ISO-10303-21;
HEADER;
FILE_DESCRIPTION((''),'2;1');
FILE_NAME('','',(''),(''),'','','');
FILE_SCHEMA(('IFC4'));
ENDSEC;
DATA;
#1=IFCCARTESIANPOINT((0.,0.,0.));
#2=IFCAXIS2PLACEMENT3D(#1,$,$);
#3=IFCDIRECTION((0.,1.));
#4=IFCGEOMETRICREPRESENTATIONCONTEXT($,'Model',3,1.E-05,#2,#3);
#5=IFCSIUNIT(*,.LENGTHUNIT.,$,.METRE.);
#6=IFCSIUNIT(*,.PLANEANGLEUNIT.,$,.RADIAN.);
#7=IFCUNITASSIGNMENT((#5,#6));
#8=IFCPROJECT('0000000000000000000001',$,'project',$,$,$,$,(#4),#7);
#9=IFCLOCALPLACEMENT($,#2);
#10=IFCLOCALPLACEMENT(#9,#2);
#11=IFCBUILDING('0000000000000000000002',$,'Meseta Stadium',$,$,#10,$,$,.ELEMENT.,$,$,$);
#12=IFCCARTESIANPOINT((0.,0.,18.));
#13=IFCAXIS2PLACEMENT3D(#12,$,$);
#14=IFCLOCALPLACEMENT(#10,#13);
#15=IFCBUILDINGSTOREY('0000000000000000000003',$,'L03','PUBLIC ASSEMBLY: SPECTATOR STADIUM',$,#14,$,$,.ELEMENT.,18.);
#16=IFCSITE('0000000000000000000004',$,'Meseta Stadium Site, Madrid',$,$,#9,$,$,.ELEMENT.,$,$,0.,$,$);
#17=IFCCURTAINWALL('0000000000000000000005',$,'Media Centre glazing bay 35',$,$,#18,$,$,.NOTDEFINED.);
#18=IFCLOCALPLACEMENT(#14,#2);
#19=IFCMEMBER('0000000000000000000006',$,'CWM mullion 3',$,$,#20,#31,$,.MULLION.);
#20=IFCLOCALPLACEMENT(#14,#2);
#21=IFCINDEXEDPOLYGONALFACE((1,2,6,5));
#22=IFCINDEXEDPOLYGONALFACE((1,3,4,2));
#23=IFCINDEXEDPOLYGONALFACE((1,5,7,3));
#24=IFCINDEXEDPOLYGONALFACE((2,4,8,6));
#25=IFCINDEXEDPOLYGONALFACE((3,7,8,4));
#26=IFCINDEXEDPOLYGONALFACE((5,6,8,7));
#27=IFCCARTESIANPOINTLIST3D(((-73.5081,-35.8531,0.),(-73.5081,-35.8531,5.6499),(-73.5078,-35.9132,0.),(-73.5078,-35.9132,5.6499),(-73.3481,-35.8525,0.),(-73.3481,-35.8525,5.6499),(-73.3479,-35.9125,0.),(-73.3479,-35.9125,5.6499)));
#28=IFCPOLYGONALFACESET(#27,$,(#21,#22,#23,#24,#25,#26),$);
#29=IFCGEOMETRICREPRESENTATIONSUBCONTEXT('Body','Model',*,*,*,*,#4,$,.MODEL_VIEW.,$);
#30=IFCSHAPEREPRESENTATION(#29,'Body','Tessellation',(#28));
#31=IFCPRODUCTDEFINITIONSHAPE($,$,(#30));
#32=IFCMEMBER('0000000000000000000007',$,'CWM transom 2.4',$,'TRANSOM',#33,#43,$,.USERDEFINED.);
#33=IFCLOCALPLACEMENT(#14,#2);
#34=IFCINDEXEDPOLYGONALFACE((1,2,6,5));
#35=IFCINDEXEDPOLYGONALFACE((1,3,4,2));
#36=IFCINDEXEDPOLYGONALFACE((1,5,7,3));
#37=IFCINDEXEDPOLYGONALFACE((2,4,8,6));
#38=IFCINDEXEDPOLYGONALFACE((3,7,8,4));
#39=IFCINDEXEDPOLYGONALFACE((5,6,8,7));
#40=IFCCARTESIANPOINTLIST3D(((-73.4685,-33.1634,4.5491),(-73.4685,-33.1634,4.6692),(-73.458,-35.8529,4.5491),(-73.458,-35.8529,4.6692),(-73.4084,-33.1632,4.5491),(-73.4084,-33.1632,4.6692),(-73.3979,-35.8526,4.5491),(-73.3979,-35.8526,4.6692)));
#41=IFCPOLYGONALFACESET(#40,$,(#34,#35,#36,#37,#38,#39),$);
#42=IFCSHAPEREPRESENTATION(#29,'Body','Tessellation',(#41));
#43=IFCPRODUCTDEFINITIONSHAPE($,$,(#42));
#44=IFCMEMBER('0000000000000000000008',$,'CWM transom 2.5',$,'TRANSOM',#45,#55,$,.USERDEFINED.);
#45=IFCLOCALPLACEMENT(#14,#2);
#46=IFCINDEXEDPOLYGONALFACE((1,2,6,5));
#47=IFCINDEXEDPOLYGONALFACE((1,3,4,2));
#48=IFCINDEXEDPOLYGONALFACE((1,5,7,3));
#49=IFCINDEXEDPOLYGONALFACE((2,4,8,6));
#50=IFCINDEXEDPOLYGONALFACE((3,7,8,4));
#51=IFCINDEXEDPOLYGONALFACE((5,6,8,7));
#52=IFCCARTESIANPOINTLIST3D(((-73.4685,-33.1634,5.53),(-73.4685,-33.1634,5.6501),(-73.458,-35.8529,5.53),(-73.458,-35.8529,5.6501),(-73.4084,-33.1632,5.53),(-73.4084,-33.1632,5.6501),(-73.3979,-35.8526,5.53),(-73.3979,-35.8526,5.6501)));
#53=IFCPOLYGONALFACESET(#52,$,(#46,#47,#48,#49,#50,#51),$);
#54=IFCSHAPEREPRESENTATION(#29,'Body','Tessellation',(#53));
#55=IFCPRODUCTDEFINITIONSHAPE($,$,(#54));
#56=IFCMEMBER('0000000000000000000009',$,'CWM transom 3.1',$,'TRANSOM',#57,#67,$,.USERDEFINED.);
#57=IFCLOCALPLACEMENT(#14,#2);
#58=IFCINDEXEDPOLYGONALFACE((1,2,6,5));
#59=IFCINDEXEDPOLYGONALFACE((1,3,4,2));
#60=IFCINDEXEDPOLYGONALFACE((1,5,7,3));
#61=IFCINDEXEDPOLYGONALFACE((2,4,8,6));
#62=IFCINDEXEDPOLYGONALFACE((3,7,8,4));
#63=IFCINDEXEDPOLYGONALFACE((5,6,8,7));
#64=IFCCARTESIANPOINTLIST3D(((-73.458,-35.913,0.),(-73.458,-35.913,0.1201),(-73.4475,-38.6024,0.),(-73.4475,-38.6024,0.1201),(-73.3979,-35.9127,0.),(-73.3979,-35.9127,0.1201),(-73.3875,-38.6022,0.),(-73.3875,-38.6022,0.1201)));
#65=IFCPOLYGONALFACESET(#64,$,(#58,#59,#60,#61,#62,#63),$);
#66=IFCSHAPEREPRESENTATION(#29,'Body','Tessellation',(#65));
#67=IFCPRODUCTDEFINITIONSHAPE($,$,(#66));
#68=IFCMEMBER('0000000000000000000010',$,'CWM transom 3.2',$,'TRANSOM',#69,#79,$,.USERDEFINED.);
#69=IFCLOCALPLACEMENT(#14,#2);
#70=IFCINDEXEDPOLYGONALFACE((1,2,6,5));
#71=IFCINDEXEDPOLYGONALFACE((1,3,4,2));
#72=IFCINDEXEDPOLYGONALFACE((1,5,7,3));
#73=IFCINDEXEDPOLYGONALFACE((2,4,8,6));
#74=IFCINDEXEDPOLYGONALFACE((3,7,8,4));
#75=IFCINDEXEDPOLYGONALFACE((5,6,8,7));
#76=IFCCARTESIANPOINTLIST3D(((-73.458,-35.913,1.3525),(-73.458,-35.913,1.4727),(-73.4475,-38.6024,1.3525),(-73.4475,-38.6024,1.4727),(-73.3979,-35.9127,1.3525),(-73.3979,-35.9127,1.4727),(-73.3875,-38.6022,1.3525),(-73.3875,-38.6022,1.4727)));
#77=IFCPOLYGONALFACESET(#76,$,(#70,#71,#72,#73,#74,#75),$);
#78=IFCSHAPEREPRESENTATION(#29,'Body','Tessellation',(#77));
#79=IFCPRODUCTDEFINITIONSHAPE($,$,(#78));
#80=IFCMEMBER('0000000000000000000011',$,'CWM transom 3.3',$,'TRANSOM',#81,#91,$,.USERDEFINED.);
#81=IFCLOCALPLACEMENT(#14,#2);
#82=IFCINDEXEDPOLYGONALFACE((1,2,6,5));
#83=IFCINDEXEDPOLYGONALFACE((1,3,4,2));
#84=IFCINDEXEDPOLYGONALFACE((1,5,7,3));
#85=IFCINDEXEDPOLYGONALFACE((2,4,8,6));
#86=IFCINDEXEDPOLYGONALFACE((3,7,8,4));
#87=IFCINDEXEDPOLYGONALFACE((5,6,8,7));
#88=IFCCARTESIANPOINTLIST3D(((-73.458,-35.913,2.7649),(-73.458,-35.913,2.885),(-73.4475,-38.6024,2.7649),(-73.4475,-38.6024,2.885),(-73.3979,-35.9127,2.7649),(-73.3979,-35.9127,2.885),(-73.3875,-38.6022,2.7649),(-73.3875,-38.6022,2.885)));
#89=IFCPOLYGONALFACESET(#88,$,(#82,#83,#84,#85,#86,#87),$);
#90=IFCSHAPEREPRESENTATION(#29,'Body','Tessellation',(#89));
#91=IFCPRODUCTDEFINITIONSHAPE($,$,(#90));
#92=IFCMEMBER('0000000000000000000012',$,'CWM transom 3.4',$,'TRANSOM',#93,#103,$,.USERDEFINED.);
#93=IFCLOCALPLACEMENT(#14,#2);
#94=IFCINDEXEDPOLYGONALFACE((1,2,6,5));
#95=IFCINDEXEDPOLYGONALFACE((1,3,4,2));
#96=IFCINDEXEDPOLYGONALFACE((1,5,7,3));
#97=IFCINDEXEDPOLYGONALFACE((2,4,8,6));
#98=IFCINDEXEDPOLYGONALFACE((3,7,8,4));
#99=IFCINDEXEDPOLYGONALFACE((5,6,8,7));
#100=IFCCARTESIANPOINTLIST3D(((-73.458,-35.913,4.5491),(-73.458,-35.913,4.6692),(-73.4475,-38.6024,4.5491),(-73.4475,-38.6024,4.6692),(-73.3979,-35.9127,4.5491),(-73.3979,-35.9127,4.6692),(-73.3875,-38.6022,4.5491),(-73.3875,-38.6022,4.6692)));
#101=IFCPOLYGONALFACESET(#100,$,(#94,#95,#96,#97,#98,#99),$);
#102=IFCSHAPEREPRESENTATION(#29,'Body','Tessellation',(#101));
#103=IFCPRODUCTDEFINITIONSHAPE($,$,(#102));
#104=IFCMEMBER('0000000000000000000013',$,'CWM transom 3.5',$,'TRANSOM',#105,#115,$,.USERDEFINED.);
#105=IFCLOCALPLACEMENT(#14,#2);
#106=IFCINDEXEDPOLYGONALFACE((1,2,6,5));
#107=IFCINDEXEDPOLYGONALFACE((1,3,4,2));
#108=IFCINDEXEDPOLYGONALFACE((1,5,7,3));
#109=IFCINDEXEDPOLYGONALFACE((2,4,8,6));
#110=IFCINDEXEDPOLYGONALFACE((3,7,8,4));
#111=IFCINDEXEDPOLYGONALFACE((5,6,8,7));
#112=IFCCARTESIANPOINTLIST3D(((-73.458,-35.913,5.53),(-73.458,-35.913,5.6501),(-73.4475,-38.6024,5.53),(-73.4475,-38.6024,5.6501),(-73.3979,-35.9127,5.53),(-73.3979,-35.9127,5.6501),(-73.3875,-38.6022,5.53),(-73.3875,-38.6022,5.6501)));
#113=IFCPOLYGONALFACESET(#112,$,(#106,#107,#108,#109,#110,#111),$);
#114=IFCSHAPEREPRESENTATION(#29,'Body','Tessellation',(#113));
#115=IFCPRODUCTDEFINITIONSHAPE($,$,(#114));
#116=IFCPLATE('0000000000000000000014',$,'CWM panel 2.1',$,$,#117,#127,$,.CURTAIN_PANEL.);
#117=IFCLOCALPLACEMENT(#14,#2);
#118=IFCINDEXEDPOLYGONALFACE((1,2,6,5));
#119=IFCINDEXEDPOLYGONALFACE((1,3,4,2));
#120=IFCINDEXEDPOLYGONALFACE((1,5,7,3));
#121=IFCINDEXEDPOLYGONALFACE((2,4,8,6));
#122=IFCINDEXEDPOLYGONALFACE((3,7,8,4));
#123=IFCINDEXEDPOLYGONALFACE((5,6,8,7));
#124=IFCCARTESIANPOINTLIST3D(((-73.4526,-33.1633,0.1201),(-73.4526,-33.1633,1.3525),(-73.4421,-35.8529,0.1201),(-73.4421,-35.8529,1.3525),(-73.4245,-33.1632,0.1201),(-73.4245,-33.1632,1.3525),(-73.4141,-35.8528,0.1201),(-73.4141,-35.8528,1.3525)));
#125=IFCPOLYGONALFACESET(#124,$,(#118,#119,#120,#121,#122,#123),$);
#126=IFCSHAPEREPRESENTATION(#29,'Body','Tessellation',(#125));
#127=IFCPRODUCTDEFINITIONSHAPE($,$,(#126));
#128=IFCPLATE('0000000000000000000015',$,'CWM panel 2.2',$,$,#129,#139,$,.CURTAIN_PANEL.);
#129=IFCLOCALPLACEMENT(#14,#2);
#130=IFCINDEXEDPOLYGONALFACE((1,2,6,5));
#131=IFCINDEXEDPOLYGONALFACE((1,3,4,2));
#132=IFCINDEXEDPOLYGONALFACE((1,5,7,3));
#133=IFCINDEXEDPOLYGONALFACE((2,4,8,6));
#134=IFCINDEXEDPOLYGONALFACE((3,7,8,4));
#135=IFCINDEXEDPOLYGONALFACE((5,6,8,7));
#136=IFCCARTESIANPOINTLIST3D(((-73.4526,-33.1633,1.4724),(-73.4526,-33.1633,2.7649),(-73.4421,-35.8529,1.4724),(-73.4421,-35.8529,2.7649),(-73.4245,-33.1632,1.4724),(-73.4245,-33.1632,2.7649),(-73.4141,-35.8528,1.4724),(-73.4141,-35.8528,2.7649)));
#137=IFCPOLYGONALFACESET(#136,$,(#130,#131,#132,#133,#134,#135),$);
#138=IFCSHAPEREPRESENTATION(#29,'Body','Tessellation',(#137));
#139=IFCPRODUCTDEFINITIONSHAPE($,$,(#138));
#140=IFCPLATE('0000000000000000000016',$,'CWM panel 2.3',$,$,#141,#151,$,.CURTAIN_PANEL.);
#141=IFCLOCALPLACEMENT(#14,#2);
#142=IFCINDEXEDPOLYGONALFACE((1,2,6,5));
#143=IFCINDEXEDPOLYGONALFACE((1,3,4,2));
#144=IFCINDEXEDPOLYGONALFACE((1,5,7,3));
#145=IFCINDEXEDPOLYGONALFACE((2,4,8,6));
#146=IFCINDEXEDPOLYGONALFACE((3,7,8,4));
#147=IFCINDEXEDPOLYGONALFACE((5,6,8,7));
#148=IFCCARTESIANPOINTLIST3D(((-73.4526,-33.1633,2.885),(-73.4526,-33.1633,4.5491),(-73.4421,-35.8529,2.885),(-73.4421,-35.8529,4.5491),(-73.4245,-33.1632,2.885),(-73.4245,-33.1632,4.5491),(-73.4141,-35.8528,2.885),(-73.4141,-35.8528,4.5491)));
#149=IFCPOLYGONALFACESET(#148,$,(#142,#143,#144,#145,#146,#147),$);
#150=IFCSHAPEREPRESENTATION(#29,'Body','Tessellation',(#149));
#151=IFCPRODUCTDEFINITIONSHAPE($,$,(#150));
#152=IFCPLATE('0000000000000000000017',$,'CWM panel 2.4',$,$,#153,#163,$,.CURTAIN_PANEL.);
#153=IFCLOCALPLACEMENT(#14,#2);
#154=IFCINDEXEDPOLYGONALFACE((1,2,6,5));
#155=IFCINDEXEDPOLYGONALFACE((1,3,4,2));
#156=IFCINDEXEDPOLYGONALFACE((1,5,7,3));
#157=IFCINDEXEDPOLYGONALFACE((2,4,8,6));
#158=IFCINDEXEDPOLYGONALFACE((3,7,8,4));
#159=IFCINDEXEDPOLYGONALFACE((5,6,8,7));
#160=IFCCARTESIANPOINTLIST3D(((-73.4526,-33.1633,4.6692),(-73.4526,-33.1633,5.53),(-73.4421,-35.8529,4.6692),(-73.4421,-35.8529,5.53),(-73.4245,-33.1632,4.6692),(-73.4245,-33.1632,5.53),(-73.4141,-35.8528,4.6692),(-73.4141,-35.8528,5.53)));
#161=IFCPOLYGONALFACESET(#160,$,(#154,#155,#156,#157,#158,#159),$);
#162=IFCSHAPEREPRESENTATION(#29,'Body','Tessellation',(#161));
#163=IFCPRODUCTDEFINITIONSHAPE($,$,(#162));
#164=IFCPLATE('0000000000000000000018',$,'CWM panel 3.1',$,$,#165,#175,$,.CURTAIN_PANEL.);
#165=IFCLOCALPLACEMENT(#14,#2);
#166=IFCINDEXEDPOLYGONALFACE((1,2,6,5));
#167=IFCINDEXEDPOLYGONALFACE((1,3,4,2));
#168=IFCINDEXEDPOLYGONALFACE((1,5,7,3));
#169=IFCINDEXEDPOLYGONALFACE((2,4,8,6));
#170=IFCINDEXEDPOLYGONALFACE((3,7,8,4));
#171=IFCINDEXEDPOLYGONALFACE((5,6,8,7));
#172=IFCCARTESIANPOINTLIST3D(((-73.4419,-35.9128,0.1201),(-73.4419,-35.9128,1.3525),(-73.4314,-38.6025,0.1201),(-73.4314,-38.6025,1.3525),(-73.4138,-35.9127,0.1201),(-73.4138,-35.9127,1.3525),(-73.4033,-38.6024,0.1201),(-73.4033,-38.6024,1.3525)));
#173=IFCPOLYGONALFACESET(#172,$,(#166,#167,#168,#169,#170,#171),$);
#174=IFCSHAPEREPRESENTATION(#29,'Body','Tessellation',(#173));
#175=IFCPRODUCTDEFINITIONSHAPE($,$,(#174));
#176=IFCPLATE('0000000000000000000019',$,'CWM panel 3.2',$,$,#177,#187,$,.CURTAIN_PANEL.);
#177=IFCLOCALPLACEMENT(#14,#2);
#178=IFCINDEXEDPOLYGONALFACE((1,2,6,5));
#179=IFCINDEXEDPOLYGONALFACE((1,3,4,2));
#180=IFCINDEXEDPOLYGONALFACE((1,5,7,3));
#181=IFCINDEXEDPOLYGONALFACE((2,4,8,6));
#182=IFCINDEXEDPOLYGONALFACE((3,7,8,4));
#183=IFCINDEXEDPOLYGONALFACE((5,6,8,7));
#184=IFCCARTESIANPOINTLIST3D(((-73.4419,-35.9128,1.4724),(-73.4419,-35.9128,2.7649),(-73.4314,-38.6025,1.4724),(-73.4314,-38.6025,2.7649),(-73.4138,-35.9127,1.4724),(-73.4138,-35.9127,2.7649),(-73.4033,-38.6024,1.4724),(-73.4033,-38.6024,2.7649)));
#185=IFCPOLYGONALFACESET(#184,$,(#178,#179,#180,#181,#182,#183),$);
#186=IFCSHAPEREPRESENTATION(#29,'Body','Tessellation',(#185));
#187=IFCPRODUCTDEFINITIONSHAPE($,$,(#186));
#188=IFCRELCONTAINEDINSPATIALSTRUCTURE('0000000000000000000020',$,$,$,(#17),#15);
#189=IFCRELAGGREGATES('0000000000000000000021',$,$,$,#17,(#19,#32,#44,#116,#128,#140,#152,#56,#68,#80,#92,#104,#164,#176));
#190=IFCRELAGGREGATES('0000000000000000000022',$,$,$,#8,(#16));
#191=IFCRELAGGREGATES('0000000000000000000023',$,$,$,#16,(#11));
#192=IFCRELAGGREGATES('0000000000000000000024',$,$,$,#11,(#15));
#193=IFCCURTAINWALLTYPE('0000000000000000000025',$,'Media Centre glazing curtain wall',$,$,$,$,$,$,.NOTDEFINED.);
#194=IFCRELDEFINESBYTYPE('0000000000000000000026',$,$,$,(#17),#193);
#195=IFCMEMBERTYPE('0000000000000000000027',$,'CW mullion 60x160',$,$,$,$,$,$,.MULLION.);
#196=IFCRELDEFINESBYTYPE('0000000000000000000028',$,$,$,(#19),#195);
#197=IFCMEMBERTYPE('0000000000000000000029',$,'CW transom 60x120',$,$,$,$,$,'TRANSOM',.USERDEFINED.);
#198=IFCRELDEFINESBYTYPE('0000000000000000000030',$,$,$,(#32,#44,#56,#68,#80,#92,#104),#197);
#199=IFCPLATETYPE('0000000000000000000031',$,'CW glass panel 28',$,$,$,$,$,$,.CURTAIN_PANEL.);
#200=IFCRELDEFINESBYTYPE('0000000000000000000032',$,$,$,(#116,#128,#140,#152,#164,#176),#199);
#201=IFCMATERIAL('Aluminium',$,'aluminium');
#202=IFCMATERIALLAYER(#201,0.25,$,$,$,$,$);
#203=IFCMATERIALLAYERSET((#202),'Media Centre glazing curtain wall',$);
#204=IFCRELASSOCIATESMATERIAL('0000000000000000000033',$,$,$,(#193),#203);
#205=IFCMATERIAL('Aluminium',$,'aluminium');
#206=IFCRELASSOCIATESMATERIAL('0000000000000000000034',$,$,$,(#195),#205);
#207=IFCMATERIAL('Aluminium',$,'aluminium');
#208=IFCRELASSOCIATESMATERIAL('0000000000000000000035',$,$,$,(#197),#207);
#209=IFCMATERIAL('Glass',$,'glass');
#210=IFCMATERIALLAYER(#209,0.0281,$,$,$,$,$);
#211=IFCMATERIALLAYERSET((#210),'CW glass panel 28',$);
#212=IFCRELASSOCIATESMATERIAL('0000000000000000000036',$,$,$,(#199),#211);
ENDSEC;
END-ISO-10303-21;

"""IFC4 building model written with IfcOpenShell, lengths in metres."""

from ifc_helpers import new_model, si_unit, direction, frame, origin, origin_2d, place, context, subcontext, project, spatial, rectangle, extrude, material, layer, layer_set, material_profile, profile_set, type_object, element, aggregate, save


model = new_model("IFC4")

# Units and contexts
model_context = context("Model", 3, precision=1e-05, world=origin(), true_north=direction((0.0, 1.0)))
body_context = subcontext(model_context, "Body", "Model", "MODEL_VIEW")
ifc_project = project(units=[si_unit("LENGTHUNIT", "METRE"), si_unit("PLANEANGLEUNIT", "RADIAN")], contexts=[model_context])

# Site, building, storey
site_placement = place(None, origin())
site = spatial("IfcSite", under=ifc_project, at=site_placement, Name="Meseta Stadium Site, Madrid", CompositionType="ELEMENT", RefElevation=0.0)
building_placement = place(site_placement, origin())
building = spatial("IfcBuilding", under=site, at=building_placement, Name="Meseta Stadium", CompositionType="ELEMENT")
storey_placement = place(building_placement, frame((0.0, 0.0, 18.0)))
storey = spatial("IfcBuildingStorey", under=building, at=storey_placement, Name="L03", Description="PUBLIC ASSEMBLY: SPECTATOR STADIUM", CompositionType="ELEMENT", Elevation=18.0)

# Curtain wall, members, plates
ifc_material_1 = material(Name="Aluminium", Category="aluminium")
ifc_layer_1 = layer(ifc_material_1, 0.25)
ifc_layer_set_1 = layer_set([ifc_layer_1], Name="Media Centre glazing curtain wall")
curtain_wall_type = type_object("IfcCurtainWallType", Name="Media Centre glazing curtain wall", PredefinedType="NOTDEFINED", material=ifc_layer_set_1)
curtain_wall_placement = place(storey_placement, origin())
curtain_wall = element("IfcCurtainWall", 1, at=curtain_wall_placement, inside=storey, type_object=curtain_wall_type, Name="Media Centre glazing bay 35", PredefinedType="NOTDEFINED")
ifc_material_2 = material(Name="Aluminium", Category="aluminium")
ifc_material_profile_1 = material_profile(ifc_material_2, rectangle(XDim=0.1599, YDim=0.0601, at=origin_2d()), Name="CW 160x60")
ifc_profile_set_1 = profile_set([ifc_material_profile_1], Name="Aluminium")
member_type_1 = type_object("IfcMemberType", Name="CW mullion 60x160", PredefinedType="MULLION", material=ifc_profile_set_1)
member_1_placement = place(storey_placement, frame((-73.428, -35.8828, 0.0), z_axis=(0.0, 0.0, 1.0), x_axis=(0.999992, 0.003895, 0.0)))
member_1 = element("IfcMember", 2, at=member_1_placement, type_object=member_type_1, Name="CWM mullion 3", PredefinedType="MULLION", context=body_context, shape_type="SweptSolid", body=[
    extrude(rectangle(XDim=0.1599, YDim=0.0601, at=origin_2d()), origin(), (0.0, 0.0, 1.0), 5.6499),
])
ifc_material_3 = material(Name="Aluminium", Category="aluminium")
ifc_material_profile_2 = material_profile(ifc_material_3, rectangle(XDim=0.0601, YDim=0.1201, at=origin_2d()), Name="CW 60x120")
ifc_profile_set_2 = profile_set([ifc_material_profile_2], Name="Aluminium")
member_type_2 = type_object("IfcMemberType", Name="CW transom 60x120", ElementType="TRANSOM", PredefinedType="USERDEFINED", material=ifc_profile_set_2)
member_2_placement = place(storey_placement, frame((-73.4385, -33.1633, 4.6091), z_axis=(0.003903, -0.999992, 0.0), x_axis=(0.999992, 0.003903, 0.0)))
member_2 = element("IfcMember", 3, at=member_2_placement, type_object=member_type_2, Name="CWM transom 2.4", ObjectType="TRANSOM", PredefinedType="USERDEFINED", context=body_context, shape_type="SweptSolid", body=[
    extrude(rectangle(XDim=0.0601, YDim=0.1201, at=origin_2d()), origin(), (0.0, 0.0, 1.0), 2.6895),
])
member_3_placement = place(storey_placement, frame((-73.4385, -33.1633, 5.5901), z_axis=(0.003903, -0.999992, 0.0), x_axis=(0.999992, 0.003903, 0.0)))
member_3 = element("IfcMember", 4, at=member_3_placement, type_object=member_type_2, Name="CWM transom 2.5", ObjectType="TRANSOM", PredefinedType="USERDEFINED", context=body_context, shape_type="SweptSolid", body=[
    extrude(rectangle(XDim=0.0601, YDim=0.1201, at=origin_2d()), origin(), (0.0, 0.0, 1.0), 2.6895),
])
member_4_placement = place(storey_placement, frame((-73.428, -35.9128, 0.0601), z_axis=(0.003903, -0.999992, 0.0), x_axis=(0.999992, 0.003903, 0.0)))
member_4 = element("IfcMember", 5, at=member_4_placement, type_object=member_type_2, Name="CWM transom 3.1", ObjectType="TRANSOM", PredefinedType="USERDEFINED", context=body_context, shape_type="SweptSolid", body=[
    extrude(rectangle(XDim=0.0601, YDim=0.1201, at=origin_2d()), origin(), (0.0, 0.0, 1.0), 2.6895),
])
member_5_placement = place(storey_placement, frame((-73.428, -35.9128, 1.4126), z_axis=(0.003903, -0.999992, 0.0), x_axis=(0.999992, 0.003903, 0.0)))
member_5 = element("IfcMember", 6, at=member_5_placement, type_object=member_type_2, Name="CWM transom 3.2", ObjectType="TRANSOM", PredefinedType="USERDEFINED", context=body_context, shape_type="SweptSolid", body=[
    extrude(rectangle(XDim=0.0601, YDim=0.1201, at=origin_2d()), origin(), (0.0, 0.0, 1.0), 2.6895),
])
member_6_placement = place(storey_placement, frame((-73.428, -35.9128, 2.825), z_axis=(0.003903, -0.999992, 0.0), x_axis=(0.999992, 0.003903, 0.0)))
member_6 = element("IfcMember", 7, at=member_6_placement, type_object=member_type_2, Name="CWM transom 3.3", ObjectType="TRANSOM", PredefinedType="USERDEFINED", context=body_context, shape_type="SweptSolid", body=[
    extrude(rectangle(XDim=0.0601, YDim=0.1201, at=origin_2d()), origin(), (0.0, 0.0, 1.0), 2.6895),
])
member_7_placement = place(storey_placement, frame((-73.428, -35.9128, 4.6091), z_axis=(0.003903, -0.999992, 0.0), x_axis=(0.999992, 0.003903, 0.0)))
member_7 = element("IfcMember", 8, at=member_7_placement, type_object=member_type_2, Name="CWM transom 3.4", ObjectType="TRANSOM", PredefinedType="USERDEFINED", context=body_context, shape_type="SweptSolid", body=[
    extrude(rectangle(XDim=0.0601, YDim=0.1201, at=origin_2d()), origin(), (0.0, 0.0, 1.0), 2.6895),
])
member_8_placement = place(storey_placement, frame((-73.428, -35.9128, 5.5901), z_axis=(0.003903, -0.999992, 0.0), x_axis=(0.999992, 0.003903, 0.0)))
member_8 = element("IfcMember", 9, at=member_8_placement, type_object=member_type_2, Name="CWM transom 3.5", ObjectType="TRANSOM", PredefinedType="USERDEFINED", context=body_context, shape_type="SweptSolid", body=[
    extrude(rectangle(XDim=0.0601, YDim=0.1201, at=origin_2d()), origin(), (0.0, 0.0, 1.0), 2.6895),
])
ifc_material_4 = material(Name="Glass", Category="glass")
ifc_layer_2 = layer(ifc_material_4, 0.0281)
ifc_layer_set_2 = layer_set([ifc_layer_2], Name="CW glass panel 28")
plate_type = type_object("IfcPlateType", Name="CW glass panel 28", PredefinedType="CURTAIN_PANEL", material=ifc_layer_set_2)
plate_1_placement = place(storey_placement, frame((-73.4333, -34.5081, 0.1201), z_axis=(0.0, 0.0, 1.0), x_axis=(0.003895, -0.999992, 0.0)))
plate_1 = element("IfcPlate", 10, at=plate_1_placement, type_object=plate_type, Name="CWM panel 2.1", PredefinedType="CURTAIN_PANEL", context=body_context, shape_type="SweptSolid", body=[
    extrude(rectangle(XDim=2.6897, YDim=0.0281, at=origin_2d()), origin(), (0.0, 0.0, 1.0), 1.2324),
])
plate_2_placement = place(storey_placement, frame((-73.4333, -34.5081, 1.4724), z_axis=(0.0, 0.0, 1.0), x_axis=(0.003895, -0.999992, 0.0)))
plate_2 = element("IfcPlate", 11, at=plate_2_placement, type_object=plate_type, Name="CWM panel 2.2", PredefinedType="CURTAIN_PANEL", context=body_context, shape_type="SweptSolid", body=[
    extrude(rectangle(XDim=2.6897, YDim=0.0281, at=origin_2d()), origin(), (0.0, 0.0, 1.0), 1.2925),
])
plate_3_placement = place(storey_placement, frame((-73.4333, -34.5081, 2.885), z_axis=(0.0, 0.0, 1.0), x_axis=(0.003895, -0.999992, 0.0)))
plate_3 = element("IfcPlate", 12, at=plate_3_placement, type_object=plate_type, Name="CWM panel 2.3", PredefinedType="CURTAIN_PANEL", context=body_context, shape_type="SweptSolid", body=[
    extrude(rectangle(XDim=2.6897, YDim=0.0281, at=origin_2d()), origin(), (0.0, 0.0, 1.0), 1.6641),
])
plate_4_placement = place(storey_placement, frame((-73.4333, -34.5081, 4.6692), z_axis=(0.0, 0.0, 1.0), x_axis=(0.003895, -0.999992, 0.0)))
plate_4 = element("IfcPlate", 13, at=plate_4_placement, type_object=plate_type, Name="CWM panel 2.4", PredefinedType="CURTAIN_PANEL", context=body_context, shape_type="SweptSolid", body=[
    extrude(rectangle(XDim=2.6897, YDim=0.0281, at=origin_2d()), origin(), (0.0, 0.0, 1.0), 0.8608),
])
plate_5_placement = place(storey_placement, frame((-73.4226, -37.2576, 0.1201), z_axis=(0.0, 0.0, 1.0), x_axis=(0.003895, -0.999992, 0.0)))
plate_5 = element("IfcPlate", 14, at=plate_5_placement, type_object=plate_type, Name="CWM panel 3.1", PredefinedType="CURTAIN_PANEL", context=body_context, shape_type="SweptSolid", body=[
    extrude(rectangle(XDim=2.6897, YDim=0.0281, at=origin_2d()), origin(), (0.0, 0.0, 1.0), 1.2324),
])
plate_6_placement = place(storey_placement, frame((-73.4226, -37.2576, 1.4724), z_axis=(0.0, 0.0, 1.0), x_axis=(0.003895, -0.999992, 0.0)))
plate_6 = element("IfcPlate", 15, at=plate_6_placement, type_object=plate_type, Name="CWM panel 3.2", PredefinedType="CURTAIN_PANEL", context=body_context, shape_type="SweptSolid", body=[
    extrude(rectangle(XDim=2.6897, YDim=0.0281, at=origin_2d()), origin(), (0.0, 0.0, 1.0), 1.2925),
])
aggregate(curtain_wall, [member_1, member_2, member_3, plate_1, plate_2, plate_3, plate_4, member_4, member_5, member_6, member_7, member_8, plate_5, plate_6])

save(model, "model.ifc")
